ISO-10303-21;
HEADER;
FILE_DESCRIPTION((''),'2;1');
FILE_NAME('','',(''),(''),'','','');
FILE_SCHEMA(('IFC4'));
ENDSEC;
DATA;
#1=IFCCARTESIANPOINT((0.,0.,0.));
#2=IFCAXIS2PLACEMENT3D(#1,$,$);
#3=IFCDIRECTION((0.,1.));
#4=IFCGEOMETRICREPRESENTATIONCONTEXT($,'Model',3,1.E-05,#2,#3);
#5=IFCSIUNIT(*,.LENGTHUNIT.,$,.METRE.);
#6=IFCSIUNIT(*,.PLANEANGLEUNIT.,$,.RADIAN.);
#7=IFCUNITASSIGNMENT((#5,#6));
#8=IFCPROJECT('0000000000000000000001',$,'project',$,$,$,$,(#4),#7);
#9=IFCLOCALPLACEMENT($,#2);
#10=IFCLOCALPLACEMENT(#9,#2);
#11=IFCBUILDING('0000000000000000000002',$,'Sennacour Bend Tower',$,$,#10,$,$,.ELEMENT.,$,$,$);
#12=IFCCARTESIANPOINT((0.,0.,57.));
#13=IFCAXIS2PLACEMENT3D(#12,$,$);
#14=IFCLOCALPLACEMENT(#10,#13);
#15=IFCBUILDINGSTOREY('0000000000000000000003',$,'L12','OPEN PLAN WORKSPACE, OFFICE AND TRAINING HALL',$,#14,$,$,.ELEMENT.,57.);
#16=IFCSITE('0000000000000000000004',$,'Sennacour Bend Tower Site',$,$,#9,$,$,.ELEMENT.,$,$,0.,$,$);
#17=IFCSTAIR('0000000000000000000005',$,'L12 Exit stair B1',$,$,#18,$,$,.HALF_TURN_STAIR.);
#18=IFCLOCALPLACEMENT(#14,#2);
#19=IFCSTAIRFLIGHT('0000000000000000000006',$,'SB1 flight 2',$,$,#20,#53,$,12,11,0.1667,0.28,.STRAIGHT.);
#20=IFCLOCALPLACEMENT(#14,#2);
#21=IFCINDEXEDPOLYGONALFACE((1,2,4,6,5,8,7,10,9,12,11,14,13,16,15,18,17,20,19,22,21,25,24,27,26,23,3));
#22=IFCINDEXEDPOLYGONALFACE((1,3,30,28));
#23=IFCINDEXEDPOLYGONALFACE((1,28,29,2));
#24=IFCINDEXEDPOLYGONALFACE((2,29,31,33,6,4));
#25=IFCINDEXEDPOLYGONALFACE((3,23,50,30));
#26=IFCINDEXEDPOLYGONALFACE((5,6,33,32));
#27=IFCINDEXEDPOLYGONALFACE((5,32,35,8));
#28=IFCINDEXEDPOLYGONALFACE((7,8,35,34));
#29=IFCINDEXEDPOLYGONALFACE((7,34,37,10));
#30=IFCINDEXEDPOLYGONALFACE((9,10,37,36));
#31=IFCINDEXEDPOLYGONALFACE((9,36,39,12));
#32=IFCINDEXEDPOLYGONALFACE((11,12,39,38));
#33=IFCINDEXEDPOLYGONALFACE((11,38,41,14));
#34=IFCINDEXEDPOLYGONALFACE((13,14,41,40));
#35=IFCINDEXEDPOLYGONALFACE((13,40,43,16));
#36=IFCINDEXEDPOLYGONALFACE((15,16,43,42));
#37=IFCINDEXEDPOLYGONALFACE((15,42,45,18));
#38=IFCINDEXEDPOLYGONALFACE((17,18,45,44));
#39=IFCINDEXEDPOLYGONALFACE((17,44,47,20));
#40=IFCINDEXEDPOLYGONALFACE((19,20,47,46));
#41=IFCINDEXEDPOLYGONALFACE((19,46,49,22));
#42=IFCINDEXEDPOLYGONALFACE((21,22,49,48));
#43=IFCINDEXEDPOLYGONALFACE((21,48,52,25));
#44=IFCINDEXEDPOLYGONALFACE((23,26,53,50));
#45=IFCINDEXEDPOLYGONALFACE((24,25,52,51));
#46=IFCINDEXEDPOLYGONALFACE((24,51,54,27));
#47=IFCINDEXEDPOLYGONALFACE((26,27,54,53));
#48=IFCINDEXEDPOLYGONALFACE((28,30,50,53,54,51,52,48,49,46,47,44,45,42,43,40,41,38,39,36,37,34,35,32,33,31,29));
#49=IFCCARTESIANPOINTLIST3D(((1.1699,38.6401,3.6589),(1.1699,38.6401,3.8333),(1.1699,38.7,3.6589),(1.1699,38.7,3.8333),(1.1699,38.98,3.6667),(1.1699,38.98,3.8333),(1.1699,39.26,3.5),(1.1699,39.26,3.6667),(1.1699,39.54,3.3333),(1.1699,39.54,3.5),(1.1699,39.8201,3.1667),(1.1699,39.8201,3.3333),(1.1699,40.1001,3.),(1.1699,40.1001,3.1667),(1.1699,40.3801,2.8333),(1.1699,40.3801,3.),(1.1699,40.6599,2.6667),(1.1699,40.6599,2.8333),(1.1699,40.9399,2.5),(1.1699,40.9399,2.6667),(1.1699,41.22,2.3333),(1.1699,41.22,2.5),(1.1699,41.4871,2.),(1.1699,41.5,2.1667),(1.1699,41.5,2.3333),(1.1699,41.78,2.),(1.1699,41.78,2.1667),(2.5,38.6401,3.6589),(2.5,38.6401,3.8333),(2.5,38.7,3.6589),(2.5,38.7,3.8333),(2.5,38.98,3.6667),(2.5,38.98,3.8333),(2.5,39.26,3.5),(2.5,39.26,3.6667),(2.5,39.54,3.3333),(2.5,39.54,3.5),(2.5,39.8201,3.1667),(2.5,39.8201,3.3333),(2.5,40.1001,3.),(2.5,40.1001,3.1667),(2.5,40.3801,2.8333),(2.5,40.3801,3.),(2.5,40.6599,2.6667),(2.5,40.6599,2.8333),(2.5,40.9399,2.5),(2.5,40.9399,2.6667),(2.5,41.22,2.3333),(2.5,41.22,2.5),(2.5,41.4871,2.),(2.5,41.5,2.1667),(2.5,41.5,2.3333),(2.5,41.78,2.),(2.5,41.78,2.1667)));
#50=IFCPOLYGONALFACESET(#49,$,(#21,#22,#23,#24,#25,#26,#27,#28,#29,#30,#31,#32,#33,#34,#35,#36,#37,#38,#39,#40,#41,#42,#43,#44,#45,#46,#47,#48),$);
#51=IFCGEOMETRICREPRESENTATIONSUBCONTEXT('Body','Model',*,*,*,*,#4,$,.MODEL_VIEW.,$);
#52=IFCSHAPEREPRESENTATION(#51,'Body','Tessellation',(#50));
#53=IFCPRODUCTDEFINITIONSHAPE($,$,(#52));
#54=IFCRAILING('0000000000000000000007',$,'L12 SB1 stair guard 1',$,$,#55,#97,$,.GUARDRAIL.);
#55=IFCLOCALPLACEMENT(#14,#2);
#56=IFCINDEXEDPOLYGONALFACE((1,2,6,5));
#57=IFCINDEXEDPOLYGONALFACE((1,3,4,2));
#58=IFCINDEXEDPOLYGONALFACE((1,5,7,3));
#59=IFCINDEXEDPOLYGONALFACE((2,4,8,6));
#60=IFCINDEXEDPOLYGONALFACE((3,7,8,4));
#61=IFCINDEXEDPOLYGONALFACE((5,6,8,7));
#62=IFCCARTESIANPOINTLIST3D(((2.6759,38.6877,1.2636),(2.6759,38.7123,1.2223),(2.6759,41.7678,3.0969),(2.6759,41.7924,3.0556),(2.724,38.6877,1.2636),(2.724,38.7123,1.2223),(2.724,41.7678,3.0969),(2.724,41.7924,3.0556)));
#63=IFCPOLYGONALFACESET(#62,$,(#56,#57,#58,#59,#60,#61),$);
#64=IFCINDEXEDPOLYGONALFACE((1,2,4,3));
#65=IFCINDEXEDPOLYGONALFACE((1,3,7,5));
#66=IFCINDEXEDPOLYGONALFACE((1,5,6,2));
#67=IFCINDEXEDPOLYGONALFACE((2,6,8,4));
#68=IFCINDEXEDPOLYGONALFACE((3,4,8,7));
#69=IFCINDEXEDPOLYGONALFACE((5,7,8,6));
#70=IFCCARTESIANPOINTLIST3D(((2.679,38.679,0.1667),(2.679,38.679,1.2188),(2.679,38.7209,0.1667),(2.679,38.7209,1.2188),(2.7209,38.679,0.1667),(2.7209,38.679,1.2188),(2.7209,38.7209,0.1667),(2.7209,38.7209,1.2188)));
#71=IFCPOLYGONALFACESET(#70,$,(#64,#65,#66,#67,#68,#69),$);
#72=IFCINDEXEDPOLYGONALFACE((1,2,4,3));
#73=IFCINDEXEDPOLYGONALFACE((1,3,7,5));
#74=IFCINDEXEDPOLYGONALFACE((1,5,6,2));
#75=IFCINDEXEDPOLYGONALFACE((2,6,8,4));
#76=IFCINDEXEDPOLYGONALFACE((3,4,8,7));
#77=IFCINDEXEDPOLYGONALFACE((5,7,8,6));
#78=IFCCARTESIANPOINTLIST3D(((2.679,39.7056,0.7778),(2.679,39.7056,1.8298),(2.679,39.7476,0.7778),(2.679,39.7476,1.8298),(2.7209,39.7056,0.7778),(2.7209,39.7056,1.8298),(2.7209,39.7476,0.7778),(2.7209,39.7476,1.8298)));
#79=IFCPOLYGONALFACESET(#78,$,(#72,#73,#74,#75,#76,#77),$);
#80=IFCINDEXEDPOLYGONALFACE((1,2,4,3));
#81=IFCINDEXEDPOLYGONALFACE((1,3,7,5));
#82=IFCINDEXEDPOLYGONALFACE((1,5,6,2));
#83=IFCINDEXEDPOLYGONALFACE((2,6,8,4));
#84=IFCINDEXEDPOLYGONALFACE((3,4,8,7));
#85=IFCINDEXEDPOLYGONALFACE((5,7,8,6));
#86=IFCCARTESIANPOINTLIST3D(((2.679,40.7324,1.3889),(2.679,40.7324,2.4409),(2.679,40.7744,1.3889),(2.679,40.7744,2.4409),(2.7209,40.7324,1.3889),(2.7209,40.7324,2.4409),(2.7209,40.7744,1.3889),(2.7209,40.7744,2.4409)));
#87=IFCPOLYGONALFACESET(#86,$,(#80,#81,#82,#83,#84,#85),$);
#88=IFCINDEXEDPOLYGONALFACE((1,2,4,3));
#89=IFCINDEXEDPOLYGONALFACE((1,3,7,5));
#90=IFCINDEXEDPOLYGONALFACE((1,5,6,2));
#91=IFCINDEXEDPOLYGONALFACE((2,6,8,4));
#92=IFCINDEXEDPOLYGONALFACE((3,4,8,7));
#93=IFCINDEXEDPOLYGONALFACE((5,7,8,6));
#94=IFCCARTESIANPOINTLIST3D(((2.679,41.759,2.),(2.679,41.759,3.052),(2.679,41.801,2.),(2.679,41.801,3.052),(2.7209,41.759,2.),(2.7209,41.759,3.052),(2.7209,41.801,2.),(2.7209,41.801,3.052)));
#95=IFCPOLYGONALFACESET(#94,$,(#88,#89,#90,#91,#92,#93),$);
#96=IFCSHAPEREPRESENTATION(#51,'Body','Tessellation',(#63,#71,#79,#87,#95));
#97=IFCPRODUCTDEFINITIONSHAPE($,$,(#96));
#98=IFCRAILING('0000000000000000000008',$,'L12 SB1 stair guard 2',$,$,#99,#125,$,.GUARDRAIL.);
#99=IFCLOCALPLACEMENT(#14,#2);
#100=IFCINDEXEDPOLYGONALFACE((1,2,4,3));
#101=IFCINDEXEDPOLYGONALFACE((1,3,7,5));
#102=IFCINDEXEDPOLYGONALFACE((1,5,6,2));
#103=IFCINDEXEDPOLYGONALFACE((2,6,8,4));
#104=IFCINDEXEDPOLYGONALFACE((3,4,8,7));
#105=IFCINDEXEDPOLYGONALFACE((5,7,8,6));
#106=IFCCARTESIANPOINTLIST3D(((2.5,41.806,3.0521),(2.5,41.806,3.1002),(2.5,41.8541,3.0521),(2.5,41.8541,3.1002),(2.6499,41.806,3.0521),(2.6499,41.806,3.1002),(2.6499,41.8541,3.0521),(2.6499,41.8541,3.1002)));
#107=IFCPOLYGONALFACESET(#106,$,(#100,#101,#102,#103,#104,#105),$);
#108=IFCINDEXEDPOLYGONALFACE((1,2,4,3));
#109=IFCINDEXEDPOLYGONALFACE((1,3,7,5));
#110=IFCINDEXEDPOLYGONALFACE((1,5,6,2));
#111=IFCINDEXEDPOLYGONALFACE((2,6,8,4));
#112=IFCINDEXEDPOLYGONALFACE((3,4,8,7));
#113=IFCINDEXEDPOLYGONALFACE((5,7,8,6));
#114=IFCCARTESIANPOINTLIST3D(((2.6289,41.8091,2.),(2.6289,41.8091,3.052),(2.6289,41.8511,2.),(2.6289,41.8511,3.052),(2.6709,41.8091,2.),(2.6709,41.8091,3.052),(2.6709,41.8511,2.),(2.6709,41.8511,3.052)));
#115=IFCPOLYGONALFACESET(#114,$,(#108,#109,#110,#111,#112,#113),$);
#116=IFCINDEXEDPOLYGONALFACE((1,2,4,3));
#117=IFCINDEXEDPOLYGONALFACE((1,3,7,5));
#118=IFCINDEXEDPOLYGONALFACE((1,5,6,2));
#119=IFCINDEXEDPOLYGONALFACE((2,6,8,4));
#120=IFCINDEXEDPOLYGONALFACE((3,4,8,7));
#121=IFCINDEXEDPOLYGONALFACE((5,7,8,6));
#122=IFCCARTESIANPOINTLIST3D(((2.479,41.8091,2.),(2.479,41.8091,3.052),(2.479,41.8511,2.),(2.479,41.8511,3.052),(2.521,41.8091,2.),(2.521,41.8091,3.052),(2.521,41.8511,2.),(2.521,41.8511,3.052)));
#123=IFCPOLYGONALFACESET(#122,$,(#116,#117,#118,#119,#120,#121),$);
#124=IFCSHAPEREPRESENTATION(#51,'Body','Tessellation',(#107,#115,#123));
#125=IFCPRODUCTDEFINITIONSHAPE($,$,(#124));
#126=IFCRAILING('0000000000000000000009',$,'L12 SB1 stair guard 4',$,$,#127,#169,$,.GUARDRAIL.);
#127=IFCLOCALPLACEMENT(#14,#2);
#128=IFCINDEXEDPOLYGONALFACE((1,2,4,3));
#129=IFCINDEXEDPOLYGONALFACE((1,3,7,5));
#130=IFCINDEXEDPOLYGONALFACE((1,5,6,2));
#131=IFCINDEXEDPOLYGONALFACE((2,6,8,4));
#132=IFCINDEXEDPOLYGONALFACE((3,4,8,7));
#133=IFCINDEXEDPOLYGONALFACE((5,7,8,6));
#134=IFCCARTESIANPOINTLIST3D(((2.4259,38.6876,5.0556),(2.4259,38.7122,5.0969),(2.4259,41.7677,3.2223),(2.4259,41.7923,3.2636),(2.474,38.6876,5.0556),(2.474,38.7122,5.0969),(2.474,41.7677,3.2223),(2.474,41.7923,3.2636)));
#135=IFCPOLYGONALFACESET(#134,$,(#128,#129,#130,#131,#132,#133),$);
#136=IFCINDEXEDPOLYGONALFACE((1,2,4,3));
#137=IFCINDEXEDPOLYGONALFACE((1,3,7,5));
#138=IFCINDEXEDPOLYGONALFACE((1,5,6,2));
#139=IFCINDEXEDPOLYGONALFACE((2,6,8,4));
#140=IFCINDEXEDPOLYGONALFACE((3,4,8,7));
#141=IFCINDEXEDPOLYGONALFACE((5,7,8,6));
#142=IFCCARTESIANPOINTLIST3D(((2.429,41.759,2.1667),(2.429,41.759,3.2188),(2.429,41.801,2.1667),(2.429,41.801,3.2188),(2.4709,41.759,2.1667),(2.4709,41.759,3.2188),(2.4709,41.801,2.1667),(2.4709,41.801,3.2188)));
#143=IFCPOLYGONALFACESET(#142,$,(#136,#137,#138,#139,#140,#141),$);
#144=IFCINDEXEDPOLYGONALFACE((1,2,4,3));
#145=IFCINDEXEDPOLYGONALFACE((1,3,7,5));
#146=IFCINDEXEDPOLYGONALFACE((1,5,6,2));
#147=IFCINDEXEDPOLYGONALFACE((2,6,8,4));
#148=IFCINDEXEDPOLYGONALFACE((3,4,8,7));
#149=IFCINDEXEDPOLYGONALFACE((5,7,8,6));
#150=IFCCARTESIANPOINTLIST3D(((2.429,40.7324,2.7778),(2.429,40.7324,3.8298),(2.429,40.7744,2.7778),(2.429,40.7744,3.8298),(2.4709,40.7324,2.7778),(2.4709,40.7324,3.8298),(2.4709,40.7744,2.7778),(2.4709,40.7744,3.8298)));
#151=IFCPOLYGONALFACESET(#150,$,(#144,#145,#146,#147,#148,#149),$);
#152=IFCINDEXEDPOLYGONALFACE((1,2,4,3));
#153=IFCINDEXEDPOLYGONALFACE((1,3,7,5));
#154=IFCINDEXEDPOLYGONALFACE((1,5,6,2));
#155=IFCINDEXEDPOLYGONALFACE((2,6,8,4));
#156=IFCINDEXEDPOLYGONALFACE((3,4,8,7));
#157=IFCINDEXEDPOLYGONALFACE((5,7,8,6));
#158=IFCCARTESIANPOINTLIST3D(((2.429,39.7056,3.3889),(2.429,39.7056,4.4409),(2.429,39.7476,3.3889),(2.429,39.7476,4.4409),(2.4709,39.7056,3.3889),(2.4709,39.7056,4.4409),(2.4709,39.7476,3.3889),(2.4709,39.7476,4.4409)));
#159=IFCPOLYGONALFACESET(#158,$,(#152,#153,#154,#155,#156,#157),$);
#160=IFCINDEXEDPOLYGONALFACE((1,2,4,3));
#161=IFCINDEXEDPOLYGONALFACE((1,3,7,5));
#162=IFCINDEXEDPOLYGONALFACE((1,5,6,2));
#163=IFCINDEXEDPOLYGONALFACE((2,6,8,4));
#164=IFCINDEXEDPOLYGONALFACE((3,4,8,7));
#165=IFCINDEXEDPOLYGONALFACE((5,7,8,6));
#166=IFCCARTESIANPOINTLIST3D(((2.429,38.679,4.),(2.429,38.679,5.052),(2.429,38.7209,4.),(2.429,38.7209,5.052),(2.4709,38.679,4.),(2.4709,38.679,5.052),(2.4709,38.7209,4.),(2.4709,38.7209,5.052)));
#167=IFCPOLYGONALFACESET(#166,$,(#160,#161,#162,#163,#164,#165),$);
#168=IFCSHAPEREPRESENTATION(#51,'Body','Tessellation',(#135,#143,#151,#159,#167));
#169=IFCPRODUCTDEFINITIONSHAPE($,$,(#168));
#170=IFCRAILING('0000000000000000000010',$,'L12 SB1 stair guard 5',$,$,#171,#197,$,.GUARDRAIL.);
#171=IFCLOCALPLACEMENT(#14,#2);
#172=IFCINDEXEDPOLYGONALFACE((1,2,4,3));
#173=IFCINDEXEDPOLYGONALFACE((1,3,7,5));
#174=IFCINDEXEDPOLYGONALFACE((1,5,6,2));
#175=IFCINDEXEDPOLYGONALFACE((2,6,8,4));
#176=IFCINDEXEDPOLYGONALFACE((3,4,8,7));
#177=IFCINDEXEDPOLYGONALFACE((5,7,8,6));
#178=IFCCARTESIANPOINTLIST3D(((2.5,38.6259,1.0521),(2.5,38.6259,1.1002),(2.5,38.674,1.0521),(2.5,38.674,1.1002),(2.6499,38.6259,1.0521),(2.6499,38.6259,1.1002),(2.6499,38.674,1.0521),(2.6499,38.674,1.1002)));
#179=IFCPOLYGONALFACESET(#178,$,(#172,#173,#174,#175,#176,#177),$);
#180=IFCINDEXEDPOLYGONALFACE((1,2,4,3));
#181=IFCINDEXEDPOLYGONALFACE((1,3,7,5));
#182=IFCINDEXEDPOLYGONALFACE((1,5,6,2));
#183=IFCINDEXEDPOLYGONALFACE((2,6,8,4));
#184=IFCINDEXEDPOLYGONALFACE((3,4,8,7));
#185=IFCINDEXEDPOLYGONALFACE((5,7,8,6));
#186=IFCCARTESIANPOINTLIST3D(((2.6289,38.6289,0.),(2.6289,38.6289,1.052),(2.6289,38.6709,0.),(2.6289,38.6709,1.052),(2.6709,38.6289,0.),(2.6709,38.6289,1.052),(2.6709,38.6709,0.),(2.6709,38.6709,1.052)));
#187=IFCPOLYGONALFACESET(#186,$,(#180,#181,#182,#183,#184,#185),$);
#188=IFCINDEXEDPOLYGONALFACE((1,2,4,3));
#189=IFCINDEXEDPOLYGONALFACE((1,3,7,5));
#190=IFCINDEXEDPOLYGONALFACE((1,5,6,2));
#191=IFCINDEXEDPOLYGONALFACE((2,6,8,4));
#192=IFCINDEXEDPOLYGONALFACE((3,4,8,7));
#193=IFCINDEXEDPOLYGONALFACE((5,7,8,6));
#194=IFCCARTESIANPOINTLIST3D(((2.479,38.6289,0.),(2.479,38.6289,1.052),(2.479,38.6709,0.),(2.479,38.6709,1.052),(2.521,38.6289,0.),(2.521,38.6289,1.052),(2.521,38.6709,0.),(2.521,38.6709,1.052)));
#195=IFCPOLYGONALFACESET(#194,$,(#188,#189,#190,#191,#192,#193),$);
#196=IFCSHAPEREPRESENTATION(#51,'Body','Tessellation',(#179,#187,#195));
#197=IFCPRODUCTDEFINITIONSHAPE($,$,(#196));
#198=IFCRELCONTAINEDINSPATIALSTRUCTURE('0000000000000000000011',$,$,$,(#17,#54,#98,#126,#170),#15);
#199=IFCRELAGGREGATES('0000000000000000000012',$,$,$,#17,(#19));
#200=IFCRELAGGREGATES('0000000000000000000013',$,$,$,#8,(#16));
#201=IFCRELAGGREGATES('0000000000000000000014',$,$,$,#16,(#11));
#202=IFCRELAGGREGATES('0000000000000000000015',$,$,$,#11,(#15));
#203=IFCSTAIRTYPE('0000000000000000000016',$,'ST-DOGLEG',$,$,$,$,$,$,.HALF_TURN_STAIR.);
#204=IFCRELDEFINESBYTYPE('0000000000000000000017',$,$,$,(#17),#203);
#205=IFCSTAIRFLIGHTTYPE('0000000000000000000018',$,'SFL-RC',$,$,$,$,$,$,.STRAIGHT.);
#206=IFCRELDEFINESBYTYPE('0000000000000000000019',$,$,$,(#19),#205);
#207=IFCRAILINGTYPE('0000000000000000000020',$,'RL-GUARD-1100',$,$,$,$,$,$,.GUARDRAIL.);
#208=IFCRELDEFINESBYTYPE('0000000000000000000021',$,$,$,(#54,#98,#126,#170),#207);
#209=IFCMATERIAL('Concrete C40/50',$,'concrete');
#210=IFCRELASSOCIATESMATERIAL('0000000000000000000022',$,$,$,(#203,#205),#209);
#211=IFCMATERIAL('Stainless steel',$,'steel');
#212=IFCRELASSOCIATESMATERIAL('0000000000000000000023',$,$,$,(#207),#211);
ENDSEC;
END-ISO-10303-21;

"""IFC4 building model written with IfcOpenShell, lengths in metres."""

from ifc_helpers import new_model, si_unit, direction, frame, origin, origin_2d, place, context, subcontext, project, spatial, polyline, rectangle, outline, extrude, material, type_object, element, aggregate, save


model = new_model("IFC4")

# Units and contexts
model_context = context("Model", 3, precision=1e-05, world=origin(), true_north=direction((0.0, 1.0)))
body_context = subcontext(model_context, "Body", "Model", "MODEL_VIEW")
ifc_project = project(units=[si_unit("LENGTHUNIT", "METRE"), si_unit("PLANEANGLEUNIT", "RADIAN")], contexts=[model_context])

# Site, building, storey
site_placement = place(None, origin())
site = spatial("IfcSite", under=ifc_project, at=site_placement, Name="Sennacour Bend Tower Site", CompositionType="ELEMENT", RefElevation=0.0)
building_placement = place(site_placement, origin())
building = spatial("IfcBuilding", under=site, at=building_placement, Name="Sennacour Bend Tower", CompositionType="ELEMENT")
storey_placement = place(building_placement, frame((0.0, 0.0, 57.0)))
storey = spatial("IfcBuildingStorey", under=building, at=storey_placement, Name="L12", Description="OPEN PLAN WORKSPACE, OFFICE AND TRAINING HALL", CompositionType="ELEMENT", Elevation=57.0)

# Stair, stair flight
ifc_material_1 = material(Name="Concrete C40/50", Category="concrete")
stair_type = type_object("IfcStairType", Name="ST-DOGLEG", PredefinedType="HALF_TURN_STAIR", material=ifc_material_1)
stair_placement = place(storey_placement, origin())
stair = element("IfcStair", 1, at=stair_placement, inside=storey, type_object=stair_type, Name="L12 Exit stair B1", PredefinedType="HALF_TURN_STAIR")
stair_flight_type = type_object("IfcStairFlightType", Name="SFL-RC", PredefinedType="STRAIGHT", material=ifc_material_1)
stair_flight_1_placement = place(storey_placement, frame((1.835, 41.78, 2.0), z_axis=(0.0, 0.0, 1.0), x_axis=(0.0, -1.0, 0.0)))
stair_flight_1 = element("IfcStairFlight", 2, at=stair_flight_1_placement, type_object=stair_flight_type, Name="SB1 flight 2", NumberOfRisers=12, NumberOfTreads=11, PredefinedType="STRAIGHT", RiserHeight=0.1667, TreadLength=0.28, context=body_context, shape_type="SweptSolid", body=[
    extrude(outline(polyline([(0.0, 0.0), (0.0, 0.1667), (0.28, 0.1667), (0.28, 0.3333), (0.5601, 0.3333), (0.5601, 0.5), (0.8401, 0.5), (0.8401, 0.6667), (1.1201, 0.6667), (1.1201, 0.8333), (1.3999, 0.8333), (1.3999, 1.0), (1.6799, 1.0), (1.6799, 1.1667), (1.96, 1.1667), (1.96, 1.3333), (2.24, 1.3333), (2.24, 1.5), (2.52, 1.5), (2.52, 1.6667), (2.8, 1.6667), (2.8, 1.8333), (3.0801, 1.8333), (3.1399, 1.8333), (3.1399, 1.6589), (3.0801, 1.6589), (0.293, 0.0), (0.0, 0.0)])), frame((0.0, 0.665, 0.0), z_axis=(0.0, -1.0, 0.0), x_axis=(1.0, 0.0, 0.0)), (0.0, 0.0, 1.0), 1.3301),
])
aggregate(stair, [stair_flight_1])

# Railings
ifc_material_2 = material(Name="Stainless steel", Category="steel")
railing_type_1 = type_object("IfcRailingType", Name="RL-GUARD-1100", PredefinedType="GUARDRAIL", material=ifc_material_2)
railing_1_placement = place(storey_placement, frame((2.7, 38.7, 0.1667)))
element("IfcRailing", 3, at=railing_1_placement, inside=storey, type_object=railing_type_1, Name="L12 SB1 stair guard 1", PredefinedType="GUARDRAIL", context=body_context, shape_type="SweptSolid", body=[
    extrude(rectangle(XDim=0.0481, YDim=0.0481, at=origin_2d()), frame((0.0, 0.0, 1.0762), z_axis=(0.0, 0.859309, 0.511458), x_axis=(-1.0, 0.0, 0.0)), (0.0, 0.0, 1.0), 3.5845),
    extrude(rectangle(XDim=0.042, YDim=0.042, at=origin_2d()), origin(), (0.0, 0.0, 1.0), 1.052),
    extrude(rectangle(XDim=0.042, YDim=0.042, at=origin_2d()), frame((0.0, 1.0266, 0.6111)), (0.0, 0.0, 1.0), 1.052),
    extrude(rectangle(XDim=0.042, YDim=0.042, at=origin_2d()), frame((0.0, 2.0535, 1.2222)), (0.0, 0.0, 1.0), 1.052),
    extrude(rectangle(XDim=0.042, YDim=0.042, at=origin_2d()), frame((0.0, 3.0801, 1.8333)), (0.0, 0.0, 1.0), 1.052),
])
railing_2_placement = place(storey_placement, frame((2.6499, 41.8301, 2.0)))
element("IfcRailing", 4, at=railing_2_placement, inside=storey, type_object=railing_type_1, Name="L12 SB1 stair guard 2", PredefinedType="GUARDRAIL", context=body_context, shape_type="SweptSolid", body=[
    extrude(rectangle(XDim=0.0481, YDim=0.0481, at=origin_2d()), frame((0.0, 0.0, 1.0762), z_axis=(-1.0, 0.0, 0.0), x_axis=(0.0, -1.0, 0.0)), (0.0, 0.0, 1.0), 0.1499),
    extrude(rectangle(XDim=0.042, YDim=0.042, at=origin_2d()), origin(), (0.0, 0.0, 1.0), 1.052),
    extrude(rectangle(XDim=0.042, YDim=0.042, at=origin_2d()), frame((-0.1499, 0.0, 0.0)), (0.0, 0.0, 1.0), 1.052),
])
railing_3_placement = place(storey_placement, frame((2.45, 41.78, 2.1667)))
element("IfcRailing", 5, at=railing_3_placement, inside=storey, type_object=railing_type_1, Name="L12 SB1 stair guard 4", PredefinedType="GUARDRAIL", context=body_context, shape_type="SweptSolid", body=[
    extrude(rectangle(XDim=0.0481, YDim=0.0481, at=origin_2d()), frame((0.0, 0.0, 1.0762), z_axis=(0.0, -0.859309, 0.511458), x_axis=(1.0, 0.0, 0.0)), (0.0, 0.0, 1.0), 3.5845),
    extrude(rectangle(XDim=0.042, YDim=0.042, at=origin_2d()), origin(), (0.0, 0.0, 1.0), 1.052),
    extrude(rectangle(XDim=0.042, YDim=0.042, at=origin_2d()), frame((0.0, -1.0266, 0.6111)), (0.0, 0.0, 1.0), 1.052),
    extrude(rectangle(XDim=0.042, YDim=0.042, at=origin_2d()), frame((0.0, -2.0535, 1.2222)), (0.0, 0.0, 1.0), 1.052),
    extrude(rectangle(XDim=0.042, YDim=0.042, at=origin_2d()), frame((0.0, -3.0801, 1.8333)), (0.0, 0.0, 1.0), 1.052),
])
railing_4_placement = place(storey_placement, frame((2.6499, 38.6499, 0.0)))
element("IfcRailing", 6, at=railing_4_placement, inside=storey, type_object=railing_type_1, Name="L12 SB1 stair guard 5", PredefinedType="GUARDRAIL", context=body_context, shape_type="SweptSolid", body=[
    extrude(rectangle(XDim=0.0481, YDim=0.0481, at=origin_2d()), frame((0.0, 0.0, 1.0762), z_axis=(-1.0, 0.0, 0.0), x_axis=(0.0, -1.0, 0.0)), (0.0, 0.0, 1.0), 0.1499),
    extrude(rectangle(XDim=0.042, YDim=0.042, at=origin_2d()), origin(), (0.0, 0.0, 1.0), 1.052),
    extrude(rectangle(XDim=0.042, YDim=0.042, at=origin_2d()), frame((-0.1499, 0.0, 0.0)), (0.0, 0.0, 1.0), 1.052),
])

save(model, "model.ifc")
